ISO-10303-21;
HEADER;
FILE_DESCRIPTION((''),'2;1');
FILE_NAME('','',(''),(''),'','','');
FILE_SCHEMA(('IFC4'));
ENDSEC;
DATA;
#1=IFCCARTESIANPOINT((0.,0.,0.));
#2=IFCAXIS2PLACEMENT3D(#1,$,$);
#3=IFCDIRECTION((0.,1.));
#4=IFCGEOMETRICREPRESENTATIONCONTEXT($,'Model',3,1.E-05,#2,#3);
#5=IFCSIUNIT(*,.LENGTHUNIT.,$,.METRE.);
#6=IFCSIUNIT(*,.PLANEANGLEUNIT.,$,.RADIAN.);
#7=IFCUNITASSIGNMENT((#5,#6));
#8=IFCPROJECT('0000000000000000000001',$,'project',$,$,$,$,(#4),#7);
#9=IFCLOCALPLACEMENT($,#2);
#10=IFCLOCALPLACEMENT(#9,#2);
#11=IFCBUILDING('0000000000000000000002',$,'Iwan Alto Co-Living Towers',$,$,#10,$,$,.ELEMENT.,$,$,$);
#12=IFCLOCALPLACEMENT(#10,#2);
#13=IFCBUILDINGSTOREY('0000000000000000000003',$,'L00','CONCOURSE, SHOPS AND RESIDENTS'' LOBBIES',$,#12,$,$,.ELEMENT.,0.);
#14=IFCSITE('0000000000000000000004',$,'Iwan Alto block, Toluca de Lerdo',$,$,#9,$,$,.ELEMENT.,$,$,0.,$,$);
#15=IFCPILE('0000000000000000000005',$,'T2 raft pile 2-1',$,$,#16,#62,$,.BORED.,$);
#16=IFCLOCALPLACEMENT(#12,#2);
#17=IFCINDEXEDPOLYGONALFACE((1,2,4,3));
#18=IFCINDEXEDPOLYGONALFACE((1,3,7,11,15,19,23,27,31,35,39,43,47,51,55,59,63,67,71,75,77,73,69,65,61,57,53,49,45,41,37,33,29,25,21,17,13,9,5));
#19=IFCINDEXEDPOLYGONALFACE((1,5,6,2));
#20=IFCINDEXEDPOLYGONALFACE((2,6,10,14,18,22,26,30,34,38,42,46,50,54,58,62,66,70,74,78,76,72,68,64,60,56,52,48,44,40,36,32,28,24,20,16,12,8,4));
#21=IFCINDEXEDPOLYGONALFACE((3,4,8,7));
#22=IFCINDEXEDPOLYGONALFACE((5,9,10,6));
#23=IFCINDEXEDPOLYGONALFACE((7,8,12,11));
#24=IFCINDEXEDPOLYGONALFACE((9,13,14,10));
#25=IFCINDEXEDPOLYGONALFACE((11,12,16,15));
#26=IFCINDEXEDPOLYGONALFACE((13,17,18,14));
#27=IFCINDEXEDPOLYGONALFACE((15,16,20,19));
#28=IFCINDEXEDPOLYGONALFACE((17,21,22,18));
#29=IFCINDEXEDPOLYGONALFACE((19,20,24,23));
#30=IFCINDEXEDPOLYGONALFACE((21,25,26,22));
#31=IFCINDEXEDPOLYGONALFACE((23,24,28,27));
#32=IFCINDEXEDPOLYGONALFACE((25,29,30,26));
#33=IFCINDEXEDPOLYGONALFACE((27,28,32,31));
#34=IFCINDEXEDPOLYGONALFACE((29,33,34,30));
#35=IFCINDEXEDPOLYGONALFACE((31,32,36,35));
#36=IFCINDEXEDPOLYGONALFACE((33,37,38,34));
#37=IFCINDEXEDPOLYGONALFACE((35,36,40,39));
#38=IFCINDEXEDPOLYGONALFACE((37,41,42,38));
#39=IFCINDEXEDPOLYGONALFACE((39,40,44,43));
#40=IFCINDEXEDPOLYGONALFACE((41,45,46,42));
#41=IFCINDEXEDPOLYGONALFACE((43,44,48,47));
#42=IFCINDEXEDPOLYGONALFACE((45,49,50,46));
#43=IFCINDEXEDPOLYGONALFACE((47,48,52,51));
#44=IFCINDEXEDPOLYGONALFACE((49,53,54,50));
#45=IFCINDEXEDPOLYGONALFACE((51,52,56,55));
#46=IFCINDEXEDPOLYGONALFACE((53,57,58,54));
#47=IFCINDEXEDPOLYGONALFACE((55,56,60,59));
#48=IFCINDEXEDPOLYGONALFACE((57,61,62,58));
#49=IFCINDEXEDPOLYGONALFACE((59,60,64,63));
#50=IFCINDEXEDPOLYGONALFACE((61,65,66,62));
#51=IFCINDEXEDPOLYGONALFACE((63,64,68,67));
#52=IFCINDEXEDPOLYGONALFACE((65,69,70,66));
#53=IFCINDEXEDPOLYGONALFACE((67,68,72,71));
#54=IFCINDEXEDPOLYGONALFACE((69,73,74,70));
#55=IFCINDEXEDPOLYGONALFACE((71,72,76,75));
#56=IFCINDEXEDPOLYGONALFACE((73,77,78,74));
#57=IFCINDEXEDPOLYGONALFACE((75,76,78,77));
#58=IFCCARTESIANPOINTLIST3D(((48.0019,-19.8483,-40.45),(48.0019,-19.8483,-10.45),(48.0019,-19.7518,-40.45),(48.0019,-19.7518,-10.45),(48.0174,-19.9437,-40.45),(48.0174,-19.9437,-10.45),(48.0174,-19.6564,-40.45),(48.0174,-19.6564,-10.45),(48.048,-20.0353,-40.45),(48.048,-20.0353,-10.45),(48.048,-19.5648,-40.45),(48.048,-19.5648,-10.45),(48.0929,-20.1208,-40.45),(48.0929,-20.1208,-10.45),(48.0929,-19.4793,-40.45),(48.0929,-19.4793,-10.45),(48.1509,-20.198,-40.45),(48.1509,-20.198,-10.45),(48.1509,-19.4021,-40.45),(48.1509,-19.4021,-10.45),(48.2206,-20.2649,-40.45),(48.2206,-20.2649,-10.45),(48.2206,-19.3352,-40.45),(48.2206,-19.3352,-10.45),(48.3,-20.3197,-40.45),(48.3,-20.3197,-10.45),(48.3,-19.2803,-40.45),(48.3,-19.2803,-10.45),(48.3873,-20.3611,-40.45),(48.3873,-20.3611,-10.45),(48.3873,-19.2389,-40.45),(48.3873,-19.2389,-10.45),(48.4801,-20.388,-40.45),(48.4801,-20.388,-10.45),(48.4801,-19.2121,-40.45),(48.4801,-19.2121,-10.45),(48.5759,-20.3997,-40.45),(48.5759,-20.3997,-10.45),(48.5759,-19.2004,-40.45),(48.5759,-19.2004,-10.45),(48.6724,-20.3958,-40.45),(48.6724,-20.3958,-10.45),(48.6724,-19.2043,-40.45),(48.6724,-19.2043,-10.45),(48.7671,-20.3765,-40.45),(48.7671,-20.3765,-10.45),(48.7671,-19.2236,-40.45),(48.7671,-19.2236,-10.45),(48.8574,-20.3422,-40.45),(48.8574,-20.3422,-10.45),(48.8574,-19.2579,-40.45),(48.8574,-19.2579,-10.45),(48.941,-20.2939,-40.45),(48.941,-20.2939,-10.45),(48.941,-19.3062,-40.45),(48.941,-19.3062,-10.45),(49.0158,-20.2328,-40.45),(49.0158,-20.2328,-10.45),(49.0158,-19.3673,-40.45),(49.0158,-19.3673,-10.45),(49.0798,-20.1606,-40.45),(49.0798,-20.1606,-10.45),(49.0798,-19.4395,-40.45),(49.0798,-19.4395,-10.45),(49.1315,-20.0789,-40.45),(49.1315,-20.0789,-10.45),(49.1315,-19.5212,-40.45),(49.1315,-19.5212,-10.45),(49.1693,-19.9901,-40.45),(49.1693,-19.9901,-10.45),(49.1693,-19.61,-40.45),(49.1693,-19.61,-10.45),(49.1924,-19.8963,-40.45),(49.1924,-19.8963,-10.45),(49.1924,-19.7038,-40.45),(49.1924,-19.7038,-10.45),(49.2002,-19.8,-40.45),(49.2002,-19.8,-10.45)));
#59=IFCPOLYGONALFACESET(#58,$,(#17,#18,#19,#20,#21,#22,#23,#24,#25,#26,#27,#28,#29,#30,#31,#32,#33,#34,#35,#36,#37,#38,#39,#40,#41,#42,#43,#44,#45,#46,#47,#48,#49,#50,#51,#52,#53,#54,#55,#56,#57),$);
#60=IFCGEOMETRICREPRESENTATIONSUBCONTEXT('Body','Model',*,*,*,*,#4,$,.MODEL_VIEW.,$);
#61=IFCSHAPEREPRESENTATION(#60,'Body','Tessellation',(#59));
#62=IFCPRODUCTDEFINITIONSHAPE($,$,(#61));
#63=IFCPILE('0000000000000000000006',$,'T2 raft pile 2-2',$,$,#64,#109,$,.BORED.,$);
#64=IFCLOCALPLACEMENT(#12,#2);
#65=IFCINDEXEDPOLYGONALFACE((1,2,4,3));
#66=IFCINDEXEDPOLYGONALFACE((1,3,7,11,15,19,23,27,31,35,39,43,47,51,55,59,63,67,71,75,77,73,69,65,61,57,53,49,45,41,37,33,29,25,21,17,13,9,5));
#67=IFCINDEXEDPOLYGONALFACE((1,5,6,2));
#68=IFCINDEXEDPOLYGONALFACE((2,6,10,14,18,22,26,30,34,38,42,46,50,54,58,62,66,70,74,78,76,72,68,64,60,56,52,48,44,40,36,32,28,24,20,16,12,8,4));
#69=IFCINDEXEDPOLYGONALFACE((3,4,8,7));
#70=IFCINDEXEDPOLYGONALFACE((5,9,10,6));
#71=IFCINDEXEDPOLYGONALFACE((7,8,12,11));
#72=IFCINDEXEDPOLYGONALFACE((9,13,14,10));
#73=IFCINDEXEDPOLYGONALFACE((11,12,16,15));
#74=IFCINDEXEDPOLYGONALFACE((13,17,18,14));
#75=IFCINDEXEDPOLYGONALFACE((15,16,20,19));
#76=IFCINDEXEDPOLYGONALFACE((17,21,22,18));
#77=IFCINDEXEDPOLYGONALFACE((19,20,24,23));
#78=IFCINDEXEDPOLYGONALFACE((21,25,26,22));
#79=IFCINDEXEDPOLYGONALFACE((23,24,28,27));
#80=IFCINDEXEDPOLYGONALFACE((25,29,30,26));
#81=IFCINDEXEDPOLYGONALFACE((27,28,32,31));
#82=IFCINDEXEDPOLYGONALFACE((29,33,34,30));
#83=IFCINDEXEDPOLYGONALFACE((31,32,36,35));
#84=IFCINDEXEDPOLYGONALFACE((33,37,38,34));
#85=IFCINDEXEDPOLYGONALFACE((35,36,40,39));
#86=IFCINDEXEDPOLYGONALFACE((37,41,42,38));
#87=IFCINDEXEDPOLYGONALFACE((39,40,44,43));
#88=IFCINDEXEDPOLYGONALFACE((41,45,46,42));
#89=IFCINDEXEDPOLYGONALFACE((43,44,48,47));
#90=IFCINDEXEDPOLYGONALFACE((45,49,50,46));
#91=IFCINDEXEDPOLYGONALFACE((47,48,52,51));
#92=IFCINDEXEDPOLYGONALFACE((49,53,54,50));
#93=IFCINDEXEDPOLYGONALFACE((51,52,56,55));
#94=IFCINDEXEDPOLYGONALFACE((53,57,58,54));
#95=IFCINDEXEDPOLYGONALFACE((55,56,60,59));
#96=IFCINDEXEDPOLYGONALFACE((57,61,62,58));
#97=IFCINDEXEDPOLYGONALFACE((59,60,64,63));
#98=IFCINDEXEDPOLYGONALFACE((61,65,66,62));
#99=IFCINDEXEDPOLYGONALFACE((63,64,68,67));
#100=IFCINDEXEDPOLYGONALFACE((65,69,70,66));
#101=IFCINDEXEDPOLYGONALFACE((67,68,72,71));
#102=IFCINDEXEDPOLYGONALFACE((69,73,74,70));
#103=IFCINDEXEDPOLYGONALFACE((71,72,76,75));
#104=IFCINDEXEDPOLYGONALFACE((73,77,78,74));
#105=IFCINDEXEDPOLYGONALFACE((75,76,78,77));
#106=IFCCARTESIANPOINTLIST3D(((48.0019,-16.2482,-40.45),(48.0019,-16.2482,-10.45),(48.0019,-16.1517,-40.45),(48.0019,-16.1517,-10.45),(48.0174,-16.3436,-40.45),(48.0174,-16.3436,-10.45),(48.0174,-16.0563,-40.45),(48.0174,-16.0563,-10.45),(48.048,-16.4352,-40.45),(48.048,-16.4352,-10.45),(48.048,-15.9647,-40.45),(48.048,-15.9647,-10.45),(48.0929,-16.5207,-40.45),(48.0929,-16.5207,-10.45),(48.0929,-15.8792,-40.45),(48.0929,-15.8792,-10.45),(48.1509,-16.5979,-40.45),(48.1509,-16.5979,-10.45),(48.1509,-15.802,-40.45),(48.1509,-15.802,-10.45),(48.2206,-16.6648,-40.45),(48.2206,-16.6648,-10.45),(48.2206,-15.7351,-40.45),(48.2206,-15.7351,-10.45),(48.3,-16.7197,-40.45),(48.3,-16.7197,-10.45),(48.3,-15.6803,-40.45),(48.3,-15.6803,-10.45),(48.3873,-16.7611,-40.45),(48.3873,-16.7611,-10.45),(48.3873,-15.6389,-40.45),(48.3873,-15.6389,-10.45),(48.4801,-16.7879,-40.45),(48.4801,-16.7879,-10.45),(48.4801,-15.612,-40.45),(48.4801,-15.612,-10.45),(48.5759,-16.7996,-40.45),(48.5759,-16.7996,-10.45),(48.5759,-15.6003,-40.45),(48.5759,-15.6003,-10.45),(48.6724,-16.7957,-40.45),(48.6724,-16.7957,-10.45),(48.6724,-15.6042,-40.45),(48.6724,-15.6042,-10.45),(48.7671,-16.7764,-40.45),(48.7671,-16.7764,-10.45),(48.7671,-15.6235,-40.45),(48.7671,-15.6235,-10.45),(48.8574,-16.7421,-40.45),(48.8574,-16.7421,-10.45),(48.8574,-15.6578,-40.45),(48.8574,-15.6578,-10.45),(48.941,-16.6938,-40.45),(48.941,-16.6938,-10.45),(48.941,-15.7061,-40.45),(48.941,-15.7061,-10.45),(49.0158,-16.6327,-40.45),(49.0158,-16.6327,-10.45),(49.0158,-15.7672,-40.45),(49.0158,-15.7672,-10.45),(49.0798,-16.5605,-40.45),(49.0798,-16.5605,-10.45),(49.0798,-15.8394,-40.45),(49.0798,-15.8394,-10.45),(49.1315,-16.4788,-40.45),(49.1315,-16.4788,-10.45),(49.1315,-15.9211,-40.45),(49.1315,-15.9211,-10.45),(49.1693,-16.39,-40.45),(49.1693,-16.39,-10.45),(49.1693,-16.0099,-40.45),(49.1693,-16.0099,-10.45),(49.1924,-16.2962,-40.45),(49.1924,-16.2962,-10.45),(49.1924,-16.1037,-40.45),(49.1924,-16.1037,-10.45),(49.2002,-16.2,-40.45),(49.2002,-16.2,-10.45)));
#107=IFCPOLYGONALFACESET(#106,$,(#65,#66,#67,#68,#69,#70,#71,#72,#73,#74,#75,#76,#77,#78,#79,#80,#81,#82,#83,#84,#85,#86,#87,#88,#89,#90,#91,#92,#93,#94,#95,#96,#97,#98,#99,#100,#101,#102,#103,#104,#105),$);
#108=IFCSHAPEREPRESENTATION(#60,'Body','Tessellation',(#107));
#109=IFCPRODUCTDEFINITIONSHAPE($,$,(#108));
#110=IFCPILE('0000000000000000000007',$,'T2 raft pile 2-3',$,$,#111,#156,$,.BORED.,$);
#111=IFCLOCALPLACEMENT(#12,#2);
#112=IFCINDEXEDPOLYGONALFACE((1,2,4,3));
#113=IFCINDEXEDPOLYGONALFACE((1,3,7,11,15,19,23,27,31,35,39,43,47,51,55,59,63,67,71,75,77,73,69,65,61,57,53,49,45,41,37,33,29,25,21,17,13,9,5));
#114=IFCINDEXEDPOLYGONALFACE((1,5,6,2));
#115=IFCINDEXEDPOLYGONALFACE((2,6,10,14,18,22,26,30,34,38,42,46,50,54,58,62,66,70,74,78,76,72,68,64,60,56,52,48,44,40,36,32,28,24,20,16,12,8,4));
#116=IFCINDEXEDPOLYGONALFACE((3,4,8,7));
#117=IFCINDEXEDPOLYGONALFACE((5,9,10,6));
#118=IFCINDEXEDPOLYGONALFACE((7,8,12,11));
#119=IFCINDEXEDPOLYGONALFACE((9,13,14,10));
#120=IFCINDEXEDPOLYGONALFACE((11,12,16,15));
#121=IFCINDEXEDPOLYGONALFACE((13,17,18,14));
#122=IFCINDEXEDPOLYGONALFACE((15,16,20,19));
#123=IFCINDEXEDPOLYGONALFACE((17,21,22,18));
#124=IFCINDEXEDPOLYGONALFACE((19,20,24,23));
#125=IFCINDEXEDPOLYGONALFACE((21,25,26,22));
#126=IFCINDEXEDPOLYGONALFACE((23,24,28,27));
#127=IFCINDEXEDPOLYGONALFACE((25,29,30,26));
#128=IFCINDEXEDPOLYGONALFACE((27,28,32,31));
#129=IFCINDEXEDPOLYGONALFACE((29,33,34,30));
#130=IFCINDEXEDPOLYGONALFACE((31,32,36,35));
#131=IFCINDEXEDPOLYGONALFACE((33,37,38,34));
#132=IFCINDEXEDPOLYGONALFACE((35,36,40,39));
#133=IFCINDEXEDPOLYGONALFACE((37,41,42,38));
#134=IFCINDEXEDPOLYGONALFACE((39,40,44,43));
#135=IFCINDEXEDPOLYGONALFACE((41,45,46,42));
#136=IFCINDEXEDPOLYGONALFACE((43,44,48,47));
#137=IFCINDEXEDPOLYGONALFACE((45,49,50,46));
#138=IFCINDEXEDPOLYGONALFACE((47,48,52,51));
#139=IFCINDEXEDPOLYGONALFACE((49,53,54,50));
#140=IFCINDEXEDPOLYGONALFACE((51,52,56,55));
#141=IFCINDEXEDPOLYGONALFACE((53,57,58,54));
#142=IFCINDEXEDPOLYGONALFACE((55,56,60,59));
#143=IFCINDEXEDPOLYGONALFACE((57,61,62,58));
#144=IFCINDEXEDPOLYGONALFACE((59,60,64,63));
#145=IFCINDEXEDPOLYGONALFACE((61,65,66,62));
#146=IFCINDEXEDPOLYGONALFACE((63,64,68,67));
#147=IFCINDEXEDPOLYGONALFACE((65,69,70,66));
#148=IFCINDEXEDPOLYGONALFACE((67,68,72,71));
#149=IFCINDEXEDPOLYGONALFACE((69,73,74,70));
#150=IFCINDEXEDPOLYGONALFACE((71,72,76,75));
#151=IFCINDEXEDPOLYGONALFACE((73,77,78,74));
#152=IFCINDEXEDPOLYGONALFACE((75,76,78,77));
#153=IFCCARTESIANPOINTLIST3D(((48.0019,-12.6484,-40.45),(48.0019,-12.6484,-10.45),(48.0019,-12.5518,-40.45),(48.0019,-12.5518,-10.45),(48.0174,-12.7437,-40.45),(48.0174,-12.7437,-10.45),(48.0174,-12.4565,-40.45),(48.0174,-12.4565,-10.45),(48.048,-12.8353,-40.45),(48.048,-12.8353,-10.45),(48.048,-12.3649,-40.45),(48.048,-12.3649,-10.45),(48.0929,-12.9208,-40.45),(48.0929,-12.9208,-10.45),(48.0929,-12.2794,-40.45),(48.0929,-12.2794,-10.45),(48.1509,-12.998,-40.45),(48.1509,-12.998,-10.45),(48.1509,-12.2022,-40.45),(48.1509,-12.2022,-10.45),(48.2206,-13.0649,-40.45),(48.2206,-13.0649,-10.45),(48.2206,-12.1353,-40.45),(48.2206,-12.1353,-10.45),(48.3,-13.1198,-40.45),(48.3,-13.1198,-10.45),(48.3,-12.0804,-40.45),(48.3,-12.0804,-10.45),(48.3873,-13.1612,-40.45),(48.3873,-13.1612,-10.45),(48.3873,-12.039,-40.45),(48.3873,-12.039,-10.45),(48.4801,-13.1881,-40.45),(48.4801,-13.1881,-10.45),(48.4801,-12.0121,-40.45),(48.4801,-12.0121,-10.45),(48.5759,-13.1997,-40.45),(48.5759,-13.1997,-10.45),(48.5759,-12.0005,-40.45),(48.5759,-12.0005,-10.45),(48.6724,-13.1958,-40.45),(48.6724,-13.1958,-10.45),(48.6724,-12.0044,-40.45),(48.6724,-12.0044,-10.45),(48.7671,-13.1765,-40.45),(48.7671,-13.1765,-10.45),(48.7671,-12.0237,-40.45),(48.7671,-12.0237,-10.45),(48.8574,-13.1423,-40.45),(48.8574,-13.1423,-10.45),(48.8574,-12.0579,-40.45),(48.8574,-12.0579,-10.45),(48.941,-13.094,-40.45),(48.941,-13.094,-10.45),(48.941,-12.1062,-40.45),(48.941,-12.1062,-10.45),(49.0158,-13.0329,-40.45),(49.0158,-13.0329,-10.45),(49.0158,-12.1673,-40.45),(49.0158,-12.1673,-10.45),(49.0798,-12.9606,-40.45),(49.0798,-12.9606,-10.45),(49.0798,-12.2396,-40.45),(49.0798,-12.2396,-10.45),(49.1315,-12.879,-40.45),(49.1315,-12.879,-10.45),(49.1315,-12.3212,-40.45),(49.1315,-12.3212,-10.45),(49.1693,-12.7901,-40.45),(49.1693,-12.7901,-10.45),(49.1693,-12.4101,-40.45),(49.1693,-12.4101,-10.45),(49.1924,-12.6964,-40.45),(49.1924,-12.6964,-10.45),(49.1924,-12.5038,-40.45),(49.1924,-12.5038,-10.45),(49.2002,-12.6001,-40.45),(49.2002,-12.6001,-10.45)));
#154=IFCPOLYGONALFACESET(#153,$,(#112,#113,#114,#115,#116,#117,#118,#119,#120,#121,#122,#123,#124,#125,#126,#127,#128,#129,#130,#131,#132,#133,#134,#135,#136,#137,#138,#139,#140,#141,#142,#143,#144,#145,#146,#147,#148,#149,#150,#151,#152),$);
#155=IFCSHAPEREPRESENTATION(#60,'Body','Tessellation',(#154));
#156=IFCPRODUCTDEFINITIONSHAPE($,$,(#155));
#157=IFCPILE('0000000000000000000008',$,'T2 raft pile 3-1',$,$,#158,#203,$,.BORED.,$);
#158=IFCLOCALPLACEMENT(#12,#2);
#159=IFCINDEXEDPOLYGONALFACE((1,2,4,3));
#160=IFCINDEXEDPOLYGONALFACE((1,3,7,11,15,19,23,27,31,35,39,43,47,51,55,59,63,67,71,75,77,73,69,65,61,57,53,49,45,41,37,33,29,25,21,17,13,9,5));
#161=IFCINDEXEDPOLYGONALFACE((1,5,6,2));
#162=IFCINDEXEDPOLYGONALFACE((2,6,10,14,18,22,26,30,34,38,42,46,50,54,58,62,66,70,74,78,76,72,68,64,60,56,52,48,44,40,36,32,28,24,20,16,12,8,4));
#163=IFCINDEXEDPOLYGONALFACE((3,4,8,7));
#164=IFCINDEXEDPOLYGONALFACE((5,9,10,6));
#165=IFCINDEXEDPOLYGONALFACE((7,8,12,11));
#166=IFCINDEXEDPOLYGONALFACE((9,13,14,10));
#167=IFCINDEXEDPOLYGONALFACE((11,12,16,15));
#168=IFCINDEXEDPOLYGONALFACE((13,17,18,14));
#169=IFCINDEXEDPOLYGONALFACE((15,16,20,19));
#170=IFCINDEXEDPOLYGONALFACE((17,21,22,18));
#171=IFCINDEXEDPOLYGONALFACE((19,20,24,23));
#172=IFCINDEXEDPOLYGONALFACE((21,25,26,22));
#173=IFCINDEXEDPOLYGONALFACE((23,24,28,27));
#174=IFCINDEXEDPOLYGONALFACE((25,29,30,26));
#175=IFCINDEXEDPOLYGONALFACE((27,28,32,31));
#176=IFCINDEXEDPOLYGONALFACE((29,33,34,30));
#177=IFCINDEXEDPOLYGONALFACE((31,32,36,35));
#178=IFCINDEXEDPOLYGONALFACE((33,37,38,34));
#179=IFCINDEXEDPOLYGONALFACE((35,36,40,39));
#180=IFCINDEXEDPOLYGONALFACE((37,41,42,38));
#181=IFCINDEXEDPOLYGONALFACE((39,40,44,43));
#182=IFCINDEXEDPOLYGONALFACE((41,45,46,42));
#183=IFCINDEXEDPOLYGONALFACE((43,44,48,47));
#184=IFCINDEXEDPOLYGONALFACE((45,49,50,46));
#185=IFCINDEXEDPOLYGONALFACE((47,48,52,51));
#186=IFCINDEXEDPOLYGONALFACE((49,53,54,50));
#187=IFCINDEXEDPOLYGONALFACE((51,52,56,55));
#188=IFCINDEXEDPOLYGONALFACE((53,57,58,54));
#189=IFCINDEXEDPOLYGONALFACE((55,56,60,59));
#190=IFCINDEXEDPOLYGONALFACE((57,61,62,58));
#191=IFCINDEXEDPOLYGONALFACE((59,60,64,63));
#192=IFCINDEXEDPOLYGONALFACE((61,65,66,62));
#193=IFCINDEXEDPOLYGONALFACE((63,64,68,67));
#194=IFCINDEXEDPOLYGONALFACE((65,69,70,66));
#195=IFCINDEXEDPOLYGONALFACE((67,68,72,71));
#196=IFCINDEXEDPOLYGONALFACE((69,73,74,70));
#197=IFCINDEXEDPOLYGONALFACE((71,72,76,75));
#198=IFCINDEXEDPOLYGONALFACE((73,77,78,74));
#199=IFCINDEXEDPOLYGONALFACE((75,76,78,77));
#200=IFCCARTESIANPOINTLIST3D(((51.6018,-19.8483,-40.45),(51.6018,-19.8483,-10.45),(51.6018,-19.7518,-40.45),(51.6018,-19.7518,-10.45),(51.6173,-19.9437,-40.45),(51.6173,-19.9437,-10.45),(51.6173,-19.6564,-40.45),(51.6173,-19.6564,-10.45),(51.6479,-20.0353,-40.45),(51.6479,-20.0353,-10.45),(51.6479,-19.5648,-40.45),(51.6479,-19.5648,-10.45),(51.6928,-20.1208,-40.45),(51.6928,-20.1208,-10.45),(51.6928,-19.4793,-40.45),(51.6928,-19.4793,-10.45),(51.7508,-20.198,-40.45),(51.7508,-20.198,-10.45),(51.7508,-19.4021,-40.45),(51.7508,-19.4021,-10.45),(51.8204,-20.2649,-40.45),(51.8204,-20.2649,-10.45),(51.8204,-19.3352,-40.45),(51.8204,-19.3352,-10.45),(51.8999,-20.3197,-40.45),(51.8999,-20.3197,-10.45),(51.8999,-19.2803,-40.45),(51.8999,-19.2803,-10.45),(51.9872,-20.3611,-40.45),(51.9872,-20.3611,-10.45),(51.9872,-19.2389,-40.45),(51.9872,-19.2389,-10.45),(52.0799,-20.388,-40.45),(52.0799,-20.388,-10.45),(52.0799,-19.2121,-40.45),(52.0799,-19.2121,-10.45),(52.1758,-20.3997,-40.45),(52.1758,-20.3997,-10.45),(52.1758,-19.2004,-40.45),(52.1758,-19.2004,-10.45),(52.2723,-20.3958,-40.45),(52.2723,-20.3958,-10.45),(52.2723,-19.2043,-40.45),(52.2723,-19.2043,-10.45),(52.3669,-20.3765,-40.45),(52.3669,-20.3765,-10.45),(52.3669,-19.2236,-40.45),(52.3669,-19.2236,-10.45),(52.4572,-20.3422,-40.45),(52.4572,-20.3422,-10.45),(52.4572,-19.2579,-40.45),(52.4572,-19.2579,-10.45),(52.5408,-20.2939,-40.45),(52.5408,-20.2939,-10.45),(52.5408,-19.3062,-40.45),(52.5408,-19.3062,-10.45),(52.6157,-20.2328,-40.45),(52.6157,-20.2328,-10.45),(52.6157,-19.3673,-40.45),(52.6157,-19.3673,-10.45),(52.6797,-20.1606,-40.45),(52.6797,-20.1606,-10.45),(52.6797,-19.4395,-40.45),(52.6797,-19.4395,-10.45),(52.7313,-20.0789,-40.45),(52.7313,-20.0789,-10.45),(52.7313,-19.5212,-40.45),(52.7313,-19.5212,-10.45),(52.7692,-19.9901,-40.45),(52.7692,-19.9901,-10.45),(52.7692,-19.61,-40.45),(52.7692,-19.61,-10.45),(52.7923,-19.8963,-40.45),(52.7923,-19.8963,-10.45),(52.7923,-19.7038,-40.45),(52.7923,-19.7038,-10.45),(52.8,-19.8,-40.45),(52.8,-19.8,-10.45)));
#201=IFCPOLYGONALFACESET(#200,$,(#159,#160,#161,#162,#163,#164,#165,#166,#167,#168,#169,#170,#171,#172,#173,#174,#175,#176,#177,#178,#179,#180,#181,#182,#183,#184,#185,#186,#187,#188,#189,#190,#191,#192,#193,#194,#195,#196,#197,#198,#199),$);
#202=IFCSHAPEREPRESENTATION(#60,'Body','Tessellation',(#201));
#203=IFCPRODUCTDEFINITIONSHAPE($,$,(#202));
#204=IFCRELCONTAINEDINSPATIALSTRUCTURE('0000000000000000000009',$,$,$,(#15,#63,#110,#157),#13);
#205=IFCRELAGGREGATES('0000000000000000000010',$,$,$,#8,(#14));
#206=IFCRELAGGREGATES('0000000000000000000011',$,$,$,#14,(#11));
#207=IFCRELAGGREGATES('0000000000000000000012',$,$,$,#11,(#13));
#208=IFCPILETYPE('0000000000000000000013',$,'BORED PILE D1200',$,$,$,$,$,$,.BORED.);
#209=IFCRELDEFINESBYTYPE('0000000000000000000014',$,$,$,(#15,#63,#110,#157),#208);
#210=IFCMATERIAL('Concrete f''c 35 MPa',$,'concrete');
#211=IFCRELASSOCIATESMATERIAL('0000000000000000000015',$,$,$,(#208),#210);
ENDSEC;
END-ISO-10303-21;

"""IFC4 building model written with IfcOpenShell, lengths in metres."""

from ifc_helpers import new_model, si_unit, direction, frame, origin, origin_2d, place, context, subcontext, project, spatial, circle, extrude, material, material_profile, profile_set, type_object, element, save


model = new_model("IFC4")

# Units and contexts
model_context = context("Model", 3, precision=1e-05, world=origin(), true_north=direction((0.0, 1.0)))
body_context = subcontext(model_context, "Body", "Model", "MODEL_VIEW")
ifc_project = project(units=[si_unit("LENGTHUNIT", "METRE"), si_unit("PLANEANGLEUNIT", "RADIAN")], contexts=[model_context])

# Site, building, storey
site_placement = place(None, origin())
site = spatial("IfcSite", under=ifc_project, at=site_placement, Name="Iwan Alto block, Toluca de Lerdo", CompositionType="ELEMENT", RefElevation=0.0)
building_placement = place(site_placement, origin())
building = spatial("IfcBuilding", under=site, at=building_placement, Name="Iwan Alto Co-Living Towers", CompositionType="ELEMENT")
storey_placement = place(building_placement, origin())
storey = spatial("IfcBuildingStorey", under=building, at=storey_placement, Name="L00", Description="CONCOURSE, SHOPS AND RESIDENTS' LOBBIES", CompositionType="ELEMENT", Elevation=0.0)

# Piles
ifc_material_1 = material(Name="Concrete f'c 35 MPa", Category="concrete")
ifc_material_profile_1 = material_profile(ifc_material_1, circle(Radius=0.6001, at=origin_2d()), Name="D1200")
ifc_profile_set_1 = profile_set([ifc_material_profile_1], Name="Concrete f'c 35 MPa")
pile_type_1 = type_object("IfcPileType", Name="BORED PILE D1200", PredefinedType="BORED", material=ifc_profile_set_1)
for number, where, z_axis, x_axis, name in (
    (1, (48.6001, -19.8, -10.45), (0.0, 0.0, -1.0), (1.0, 0.0, 0.0), "T2 raft pile 2-1"),
    (2, (48.6001, -16.2, -10.45), (0.0, 0.0, -1.0), (1.0, 0.0, 0.0), "T2 raft pile 2-2"),
    (3, (48.6001, -12.6001, -10.45), (0.0, 0.0, -1.0), (1.0, 0.0, 0.0), "T2 raft pile 2-3"),
    (4, (52.2, -19.8, -10.45), (0.0, 0.0, -1.0), (1.0, 0.0, 0.0), "T2 raft pile 3-1"),
):
    element("IfcPile", number, at=place(storey_placement, frame(where, z_axis=z_axis, x_axis=x_axis)), inside=storey, type_object=pile_type_1, Name=name, PredefinedType="BORED", context=body_context, shape_type="SweptSolid", body=[
        extrude(circle(Radius=0.6001, at=origin_2d()), origin(), (0.0, 0.0, 1.0), 30.0),
    ])

save(model, "model.ifc")
